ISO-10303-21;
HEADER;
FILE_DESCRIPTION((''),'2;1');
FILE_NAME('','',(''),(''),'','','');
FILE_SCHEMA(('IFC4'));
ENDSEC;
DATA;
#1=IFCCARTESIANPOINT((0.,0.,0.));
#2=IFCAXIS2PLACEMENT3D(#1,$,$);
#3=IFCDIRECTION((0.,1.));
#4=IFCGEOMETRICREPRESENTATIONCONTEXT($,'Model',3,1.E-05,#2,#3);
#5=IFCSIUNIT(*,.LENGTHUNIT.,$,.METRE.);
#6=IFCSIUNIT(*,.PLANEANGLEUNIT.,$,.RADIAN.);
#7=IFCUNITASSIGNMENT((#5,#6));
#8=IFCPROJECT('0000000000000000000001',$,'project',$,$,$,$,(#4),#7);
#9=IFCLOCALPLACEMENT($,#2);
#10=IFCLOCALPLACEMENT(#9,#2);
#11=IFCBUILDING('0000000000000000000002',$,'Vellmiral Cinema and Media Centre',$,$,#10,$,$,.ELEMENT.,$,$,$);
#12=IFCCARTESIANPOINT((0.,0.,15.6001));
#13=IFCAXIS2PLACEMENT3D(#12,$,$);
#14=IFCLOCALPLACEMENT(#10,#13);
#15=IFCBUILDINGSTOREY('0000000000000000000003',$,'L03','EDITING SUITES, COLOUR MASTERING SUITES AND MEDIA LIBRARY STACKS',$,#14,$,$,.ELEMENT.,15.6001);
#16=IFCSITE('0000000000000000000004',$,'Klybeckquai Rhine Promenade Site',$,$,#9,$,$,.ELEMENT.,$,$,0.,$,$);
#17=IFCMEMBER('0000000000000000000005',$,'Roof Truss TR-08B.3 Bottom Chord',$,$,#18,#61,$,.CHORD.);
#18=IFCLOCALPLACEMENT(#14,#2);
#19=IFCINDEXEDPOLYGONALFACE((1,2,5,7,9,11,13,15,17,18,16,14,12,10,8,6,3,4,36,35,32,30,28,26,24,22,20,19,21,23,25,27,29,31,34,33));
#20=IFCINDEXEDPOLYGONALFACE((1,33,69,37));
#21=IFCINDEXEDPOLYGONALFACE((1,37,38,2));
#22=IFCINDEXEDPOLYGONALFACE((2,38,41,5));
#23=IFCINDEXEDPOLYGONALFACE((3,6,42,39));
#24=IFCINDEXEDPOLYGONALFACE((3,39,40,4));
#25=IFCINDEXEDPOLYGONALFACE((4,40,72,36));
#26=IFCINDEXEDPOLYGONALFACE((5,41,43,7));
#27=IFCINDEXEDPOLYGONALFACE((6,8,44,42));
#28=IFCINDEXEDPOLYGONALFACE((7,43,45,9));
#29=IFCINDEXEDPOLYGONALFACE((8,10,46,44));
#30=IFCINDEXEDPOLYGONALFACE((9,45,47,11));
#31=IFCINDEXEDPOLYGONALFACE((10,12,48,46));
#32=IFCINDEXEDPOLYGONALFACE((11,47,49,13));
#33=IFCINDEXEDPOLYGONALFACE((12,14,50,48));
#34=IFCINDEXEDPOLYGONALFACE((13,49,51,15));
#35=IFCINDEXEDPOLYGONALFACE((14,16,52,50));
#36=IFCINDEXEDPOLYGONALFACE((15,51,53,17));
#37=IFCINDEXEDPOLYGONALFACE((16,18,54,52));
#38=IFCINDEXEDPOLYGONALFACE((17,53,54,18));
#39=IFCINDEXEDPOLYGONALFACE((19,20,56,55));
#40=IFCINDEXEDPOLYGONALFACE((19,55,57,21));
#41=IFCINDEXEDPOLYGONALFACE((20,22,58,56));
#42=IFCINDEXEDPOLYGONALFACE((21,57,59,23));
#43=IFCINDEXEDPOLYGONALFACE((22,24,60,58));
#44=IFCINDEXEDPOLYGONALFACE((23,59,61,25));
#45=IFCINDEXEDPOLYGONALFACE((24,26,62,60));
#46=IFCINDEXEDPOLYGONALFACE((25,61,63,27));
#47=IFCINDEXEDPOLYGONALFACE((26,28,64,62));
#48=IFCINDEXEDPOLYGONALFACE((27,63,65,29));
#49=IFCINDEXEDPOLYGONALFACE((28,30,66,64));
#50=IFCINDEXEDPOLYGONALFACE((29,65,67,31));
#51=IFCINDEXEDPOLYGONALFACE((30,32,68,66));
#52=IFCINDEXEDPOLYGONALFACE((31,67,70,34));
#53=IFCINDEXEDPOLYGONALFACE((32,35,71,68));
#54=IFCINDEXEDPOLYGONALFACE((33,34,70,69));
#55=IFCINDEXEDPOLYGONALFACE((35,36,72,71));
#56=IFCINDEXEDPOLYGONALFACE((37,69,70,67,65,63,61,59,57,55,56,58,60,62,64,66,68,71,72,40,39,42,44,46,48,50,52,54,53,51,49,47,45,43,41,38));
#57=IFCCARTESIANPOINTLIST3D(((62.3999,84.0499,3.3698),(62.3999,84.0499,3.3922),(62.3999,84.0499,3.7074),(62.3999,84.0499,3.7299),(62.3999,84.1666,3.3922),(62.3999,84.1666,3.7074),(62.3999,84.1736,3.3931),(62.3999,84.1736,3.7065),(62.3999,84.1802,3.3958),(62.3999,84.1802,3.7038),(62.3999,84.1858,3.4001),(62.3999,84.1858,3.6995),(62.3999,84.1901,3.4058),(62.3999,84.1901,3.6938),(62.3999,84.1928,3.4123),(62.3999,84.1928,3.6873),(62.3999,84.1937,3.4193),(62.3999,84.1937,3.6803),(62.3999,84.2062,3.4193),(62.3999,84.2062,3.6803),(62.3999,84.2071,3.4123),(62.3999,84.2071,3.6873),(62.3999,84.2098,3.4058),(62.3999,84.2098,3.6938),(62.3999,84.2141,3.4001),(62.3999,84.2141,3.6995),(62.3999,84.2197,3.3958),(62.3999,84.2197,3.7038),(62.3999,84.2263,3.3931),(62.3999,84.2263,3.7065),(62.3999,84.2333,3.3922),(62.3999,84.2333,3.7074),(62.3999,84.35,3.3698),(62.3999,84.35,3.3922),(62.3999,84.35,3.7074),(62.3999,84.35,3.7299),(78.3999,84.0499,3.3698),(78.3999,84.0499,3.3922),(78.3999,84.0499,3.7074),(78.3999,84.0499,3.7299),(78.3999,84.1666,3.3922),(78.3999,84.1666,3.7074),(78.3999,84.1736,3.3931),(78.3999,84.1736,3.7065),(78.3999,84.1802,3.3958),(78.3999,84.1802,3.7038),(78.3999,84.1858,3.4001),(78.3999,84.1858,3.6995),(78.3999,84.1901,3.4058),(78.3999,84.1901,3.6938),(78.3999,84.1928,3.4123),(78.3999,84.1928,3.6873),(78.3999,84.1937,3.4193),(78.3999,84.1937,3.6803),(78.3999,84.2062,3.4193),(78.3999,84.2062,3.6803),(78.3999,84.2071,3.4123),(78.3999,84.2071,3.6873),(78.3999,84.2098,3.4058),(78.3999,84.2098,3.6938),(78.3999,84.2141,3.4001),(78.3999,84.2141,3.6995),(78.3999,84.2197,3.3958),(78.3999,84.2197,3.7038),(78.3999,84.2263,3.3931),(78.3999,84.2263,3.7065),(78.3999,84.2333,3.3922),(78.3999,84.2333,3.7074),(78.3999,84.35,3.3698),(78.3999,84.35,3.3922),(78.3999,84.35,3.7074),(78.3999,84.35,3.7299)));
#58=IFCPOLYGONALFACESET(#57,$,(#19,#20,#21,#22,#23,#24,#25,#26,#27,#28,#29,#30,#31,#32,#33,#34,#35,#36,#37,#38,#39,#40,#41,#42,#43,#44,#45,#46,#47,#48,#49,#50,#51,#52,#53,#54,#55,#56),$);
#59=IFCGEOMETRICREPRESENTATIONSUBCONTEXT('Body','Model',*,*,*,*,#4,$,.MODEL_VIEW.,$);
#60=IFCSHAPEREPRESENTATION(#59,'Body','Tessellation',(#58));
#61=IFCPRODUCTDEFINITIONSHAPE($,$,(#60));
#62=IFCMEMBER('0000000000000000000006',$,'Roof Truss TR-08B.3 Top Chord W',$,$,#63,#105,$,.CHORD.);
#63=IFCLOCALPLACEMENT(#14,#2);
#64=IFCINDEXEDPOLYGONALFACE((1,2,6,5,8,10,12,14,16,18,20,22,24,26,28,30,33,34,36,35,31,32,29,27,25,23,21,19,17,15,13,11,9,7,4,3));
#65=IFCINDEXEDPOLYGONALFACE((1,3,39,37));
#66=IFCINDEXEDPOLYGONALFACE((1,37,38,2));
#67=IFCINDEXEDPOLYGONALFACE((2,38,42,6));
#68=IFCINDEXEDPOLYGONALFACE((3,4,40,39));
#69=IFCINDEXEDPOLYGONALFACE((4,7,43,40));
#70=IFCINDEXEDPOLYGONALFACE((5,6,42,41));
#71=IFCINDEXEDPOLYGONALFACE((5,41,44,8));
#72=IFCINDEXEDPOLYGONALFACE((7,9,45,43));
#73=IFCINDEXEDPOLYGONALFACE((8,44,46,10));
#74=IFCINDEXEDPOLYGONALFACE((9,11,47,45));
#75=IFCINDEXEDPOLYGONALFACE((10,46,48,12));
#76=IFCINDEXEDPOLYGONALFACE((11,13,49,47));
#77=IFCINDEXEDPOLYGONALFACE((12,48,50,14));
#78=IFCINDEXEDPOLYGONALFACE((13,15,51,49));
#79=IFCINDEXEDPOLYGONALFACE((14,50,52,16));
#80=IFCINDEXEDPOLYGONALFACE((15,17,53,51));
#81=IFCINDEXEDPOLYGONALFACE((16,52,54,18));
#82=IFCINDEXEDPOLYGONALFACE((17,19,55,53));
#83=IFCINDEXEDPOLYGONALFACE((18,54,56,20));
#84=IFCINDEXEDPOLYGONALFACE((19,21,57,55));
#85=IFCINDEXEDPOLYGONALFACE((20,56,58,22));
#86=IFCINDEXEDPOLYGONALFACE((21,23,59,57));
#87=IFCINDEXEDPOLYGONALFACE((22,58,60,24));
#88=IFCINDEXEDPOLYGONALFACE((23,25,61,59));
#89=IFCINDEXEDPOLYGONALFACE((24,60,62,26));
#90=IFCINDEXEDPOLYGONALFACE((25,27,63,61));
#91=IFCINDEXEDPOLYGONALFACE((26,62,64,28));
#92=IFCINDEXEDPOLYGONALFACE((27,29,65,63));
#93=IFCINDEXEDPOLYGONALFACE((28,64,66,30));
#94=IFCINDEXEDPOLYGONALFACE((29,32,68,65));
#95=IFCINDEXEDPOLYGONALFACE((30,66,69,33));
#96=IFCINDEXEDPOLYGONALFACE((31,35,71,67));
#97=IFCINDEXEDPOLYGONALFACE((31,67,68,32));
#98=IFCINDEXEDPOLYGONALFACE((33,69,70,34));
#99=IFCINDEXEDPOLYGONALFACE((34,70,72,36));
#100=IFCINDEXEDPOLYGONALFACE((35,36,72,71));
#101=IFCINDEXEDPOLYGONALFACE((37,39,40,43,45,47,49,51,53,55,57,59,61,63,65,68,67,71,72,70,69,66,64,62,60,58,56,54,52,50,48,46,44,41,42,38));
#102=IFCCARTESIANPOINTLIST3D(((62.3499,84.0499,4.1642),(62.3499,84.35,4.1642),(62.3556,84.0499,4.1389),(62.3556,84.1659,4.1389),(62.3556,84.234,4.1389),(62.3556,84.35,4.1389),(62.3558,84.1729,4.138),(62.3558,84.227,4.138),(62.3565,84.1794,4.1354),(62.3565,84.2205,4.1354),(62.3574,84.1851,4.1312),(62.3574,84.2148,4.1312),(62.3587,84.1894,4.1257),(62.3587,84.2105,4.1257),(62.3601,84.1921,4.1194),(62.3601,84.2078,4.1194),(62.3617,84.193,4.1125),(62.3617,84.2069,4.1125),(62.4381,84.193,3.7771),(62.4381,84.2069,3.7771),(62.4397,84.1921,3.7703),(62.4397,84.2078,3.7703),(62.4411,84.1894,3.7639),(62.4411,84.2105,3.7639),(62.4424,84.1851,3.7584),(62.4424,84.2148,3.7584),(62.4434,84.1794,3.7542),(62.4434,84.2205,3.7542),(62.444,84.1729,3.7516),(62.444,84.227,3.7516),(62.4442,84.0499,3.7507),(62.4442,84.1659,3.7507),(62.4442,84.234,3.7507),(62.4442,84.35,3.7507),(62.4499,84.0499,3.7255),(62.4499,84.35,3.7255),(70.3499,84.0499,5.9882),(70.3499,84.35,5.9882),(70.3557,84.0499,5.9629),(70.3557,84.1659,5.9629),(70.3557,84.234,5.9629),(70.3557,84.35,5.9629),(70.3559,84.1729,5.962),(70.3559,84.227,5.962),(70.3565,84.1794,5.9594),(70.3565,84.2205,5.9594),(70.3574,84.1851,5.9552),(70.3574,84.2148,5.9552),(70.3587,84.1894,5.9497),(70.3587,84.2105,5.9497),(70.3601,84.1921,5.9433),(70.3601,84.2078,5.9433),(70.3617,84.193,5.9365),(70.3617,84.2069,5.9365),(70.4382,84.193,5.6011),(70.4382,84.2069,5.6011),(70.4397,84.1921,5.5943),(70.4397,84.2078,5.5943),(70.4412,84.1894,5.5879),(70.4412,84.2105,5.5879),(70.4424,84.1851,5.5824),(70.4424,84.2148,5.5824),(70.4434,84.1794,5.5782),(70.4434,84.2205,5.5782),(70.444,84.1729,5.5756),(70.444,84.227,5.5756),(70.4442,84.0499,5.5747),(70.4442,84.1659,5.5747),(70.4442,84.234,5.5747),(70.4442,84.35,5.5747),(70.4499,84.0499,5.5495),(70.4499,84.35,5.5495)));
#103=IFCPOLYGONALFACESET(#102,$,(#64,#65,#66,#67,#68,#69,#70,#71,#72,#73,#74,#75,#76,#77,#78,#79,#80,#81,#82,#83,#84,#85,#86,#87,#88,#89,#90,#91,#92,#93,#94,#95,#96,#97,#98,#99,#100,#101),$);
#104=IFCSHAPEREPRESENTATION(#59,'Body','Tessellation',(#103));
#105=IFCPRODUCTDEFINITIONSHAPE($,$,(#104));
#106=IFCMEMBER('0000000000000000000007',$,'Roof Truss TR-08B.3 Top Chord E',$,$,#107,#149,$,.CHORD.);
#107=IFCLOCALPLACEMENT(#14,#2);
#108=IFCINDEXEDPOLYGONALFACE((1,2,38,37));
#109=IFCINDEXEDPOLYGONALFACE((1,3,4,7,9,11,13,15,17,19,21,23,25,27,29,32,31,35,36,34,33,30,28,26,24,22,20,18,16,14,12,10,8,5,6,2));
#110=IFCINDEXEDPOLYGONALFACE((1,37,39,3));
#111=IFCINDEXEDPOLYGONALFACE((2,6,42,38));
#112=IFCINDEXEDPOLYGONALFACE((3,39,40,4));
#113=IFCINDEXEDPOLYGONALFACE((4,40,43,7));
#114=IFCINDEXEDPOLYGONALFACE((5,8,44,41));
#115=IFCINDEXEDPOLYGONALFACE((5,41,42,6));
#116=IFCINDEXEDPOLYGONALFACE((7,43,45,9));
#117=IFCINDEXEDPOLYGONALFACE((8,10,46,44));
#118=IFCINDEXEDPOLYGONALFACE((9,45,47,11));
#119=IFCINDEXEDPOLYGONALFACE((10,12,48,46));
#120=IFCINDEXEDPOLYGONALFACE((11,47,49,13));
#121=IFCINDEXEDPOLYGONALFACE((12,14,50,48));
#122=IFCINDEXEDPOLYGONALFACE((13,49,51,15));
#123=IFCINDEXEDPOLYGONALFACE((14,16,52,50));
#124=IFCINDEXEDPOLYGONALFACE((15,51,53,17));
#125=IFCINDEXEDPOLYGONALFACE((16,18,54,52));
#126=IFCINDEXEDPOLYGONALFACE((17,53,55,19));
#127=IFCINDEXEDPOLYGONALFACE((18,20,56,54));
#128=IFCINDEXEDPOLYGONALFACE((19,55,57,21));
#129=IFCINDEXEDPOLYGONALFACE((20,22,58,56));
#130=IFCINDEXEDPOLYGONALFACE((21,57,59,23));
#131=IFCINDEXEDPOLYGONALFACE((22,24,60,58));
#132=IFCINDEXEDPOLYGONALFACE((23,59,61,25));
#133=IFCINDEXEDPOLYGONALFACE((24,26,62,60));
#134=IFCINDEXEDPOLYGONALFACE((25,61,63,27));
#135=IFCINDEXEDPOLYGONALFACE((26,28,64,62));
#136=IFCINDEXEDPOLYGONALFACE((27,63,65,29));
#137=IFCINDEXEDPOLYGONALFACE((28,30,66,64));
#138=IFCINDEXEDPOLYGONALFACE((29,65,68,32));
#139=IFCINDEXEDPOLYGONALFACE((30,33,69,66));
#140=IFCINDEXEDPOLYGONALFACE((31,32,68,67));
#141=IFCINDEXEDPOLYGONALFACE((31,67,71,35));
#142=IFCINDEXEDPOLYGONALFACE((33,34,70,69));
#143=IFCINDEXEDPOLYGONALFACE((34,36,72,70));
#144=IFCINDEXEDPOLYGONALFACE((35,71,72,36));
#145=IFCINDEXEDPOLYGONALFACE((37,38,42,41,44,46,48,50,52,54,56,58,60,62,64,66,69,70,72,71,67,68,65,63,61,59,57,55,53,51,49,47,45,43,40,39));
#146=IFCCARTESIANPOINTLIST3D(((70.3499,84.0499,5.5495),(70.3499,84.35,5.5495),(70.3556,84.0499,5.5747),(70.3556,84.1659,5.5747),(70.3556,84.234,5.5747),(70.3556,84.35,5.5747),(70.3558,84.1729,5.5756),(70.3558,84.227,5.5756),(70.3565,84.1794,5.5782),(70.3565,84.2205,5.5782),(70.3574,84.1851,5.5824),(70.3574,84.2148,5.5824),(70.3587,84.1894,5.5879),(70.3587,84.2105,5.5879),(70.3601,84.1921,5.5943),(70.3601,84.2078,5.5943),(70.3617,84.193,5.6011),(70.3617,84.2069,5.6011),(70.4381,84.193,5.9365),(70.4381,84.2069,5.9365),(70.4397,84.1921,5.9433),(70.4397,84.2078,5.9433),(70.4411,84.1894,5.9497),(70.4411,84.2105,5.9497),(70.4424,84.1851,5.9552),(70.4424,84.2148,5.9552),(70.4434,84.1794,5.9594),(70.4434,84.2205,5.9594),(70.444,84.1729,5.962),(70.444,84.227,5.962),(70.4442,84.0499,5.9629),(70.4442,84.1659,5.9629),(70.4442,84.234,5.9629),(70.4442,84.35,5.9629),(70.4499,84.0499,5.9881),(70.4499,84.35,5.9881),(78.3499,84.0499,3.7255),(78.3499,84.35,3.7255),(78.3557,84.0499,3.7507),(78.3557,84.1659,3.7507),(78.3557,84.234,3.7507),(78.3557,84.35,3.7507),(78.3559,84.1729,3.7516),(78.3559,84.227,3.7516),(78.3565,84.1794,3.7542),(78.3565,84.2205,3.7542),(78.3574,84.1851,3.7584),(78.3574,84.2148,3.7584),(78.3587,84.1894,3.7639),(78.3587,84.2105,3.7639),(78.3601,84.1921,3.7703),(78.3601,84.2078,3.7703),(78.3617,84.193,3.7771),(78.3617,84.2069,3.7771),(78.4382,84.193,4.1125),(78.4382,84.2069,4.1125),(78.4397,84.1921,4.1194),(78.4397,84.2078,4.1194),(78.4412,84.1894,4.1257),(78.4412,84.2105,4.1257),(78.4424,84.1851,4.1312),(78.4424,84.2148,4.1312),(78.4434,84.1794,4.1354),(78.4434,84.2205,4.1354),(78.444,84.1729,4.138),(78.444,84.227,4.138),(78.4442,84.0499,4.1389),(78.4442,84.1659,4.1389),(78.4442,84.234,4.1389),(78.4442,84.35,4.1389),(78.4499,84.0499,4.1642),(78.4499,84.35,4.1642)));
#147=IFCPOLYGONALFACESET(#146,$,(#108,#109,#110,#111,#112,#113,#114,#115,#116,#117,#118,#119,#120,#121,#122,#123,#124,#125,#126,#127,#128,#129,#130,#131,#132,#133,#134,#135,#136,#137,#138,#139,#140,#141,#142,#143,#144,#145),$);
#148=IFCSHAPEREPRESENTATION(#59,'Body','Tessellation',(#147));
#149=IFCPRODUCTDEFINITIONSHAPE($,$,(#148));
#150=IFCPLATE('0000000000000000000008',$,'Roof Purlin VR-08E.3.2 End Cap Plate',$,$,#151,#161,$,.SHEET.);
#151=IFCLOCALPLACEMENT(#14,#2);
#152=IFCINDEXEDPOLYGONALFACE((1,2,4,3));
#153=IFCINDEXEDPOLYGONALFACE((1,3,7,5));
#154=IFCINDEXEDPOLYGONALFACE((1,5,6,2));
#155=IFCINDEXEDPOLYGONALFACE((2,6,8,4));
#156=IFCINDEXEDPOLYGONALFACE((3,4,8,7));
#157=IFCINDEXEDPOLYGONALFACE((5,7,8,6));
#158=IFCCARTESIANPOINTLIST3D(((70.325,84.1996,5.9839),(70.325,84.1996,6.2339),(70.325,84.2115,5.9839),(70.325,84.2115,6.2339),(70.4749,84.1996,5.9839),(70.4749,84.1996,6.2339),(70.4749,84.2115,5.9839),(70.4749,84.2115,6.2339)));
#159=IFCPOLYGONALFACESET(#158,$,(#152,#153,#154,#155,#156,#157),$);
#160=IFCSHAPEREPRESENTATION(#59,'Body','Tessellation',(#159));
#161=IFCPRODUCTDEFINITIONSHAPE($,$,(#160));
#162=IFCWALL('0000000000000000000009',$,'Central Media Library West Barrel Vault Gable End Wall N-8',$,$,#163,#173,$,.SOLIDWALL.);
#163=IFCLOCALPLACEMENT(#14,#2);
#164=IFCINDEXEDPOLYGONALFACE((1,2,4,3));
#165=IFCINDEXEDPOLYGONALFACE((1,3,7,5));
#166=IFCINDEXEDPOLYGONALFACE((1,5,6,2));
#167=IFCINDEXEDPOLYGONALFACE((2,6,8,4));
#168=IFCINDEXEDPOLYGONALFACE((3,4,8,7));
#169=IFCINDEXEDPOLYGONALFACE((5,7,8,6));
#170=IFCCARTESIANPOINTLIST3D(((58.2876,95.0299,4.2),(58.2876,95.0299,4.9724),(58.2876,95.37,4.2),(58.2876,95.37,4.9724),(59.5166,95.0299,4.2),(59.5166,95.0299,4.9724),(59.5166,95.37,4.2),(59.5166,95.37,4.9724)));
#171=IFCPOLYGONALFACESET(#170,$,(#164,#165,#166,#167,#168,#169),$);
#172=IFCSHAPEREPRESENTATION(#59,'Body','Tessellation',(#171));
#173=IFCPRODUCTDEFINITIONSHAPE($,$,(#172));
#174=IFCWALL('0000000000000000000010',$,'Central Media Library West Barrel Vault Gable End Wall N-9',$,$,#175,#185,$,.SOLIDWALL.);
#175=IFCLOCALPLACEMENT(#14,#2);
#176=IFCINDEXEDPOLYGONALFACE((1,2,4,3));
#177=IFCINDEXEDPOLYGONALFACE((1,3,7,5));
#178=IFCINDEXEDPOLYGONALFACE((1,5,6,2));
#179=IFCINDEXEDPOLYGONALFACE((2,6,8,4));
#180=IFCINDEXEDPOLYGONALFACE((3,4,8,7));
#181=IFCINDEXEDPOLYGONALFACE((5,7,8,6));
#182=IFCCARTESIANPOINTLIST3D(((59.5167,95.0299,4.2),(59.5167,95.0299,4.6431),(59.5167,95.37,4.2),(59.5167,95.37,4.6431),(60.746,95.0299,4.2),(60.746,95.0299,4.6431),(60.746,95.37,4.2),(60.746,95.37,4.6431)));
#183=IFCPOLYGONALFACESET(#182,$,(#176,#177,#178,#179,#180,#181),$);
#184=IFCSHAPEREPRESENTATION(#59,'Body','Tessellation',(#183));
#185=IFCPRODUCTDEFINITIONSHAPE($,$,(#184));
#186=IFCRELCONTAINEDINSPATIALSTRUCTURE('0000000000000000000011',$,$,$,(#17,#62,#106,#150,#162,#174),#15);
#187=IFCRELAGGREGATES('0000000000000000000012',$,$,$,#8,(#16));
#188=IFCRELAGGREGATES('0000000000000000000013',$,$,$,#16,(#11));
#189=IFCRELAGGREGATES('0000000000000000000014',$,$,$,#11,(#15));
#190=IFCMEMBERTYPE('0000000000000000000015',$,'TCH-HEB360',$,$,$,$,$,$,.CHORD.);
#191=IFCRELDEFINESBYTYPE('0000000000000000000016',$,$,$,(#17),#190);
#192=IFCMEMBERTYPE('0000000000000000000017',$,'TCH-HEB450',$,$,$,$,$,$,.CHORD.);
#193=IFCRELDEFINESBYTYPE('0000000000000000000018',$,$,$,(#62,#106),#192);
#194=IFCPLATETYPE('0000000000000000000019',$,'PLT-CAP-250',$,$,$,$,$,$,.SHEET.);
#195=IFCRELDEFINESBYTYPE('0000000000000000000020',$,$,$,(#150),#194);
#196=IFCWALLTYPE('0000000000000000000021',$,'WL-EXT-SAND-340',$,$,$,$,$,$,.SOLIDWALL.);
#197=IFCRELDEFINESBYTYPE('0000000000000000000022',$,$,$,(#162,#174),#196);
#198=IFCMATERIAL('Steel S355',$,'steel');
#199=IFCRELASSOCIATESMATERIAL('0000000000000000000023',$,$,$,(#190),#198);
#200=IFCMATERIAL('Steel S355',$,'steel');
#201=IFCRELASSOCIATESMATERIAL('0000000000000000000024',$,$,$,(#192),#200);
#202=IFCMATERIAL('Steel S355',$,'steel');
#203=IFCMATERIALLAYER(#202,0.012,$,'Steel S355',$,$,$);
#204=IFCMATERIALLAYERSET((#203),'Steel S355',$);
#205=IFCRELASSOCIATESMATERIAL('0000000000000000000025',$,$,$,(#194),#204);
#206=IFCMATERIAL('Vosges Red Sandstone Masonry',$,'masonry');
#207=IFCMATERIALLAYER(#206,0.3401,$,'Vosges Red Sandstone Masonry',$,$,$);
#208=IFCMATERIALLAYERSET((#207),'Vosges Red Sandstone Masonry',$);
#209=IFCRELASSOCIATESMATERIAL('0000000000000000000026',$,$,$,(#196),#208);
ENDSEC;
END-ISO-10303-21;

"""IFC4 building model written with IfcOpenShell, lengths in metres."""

from ifc_helpers import new_model, si_unit, direction, frame, frame_2d, origin, origin_2d, place, context, subcontext, project, spatial, rectangle, i_section, extrude, material, layer, layer_set, material_profile, profile_set, type_object, element, save


model = new_model("IFC4")

# Units and contexts
model_context = context("Model", 3, precision=1e-05, world=origin(), true_north=direction((0.0, 1.0)))
body_context = subcontext(model_context, "Body", "Model", "MODEL_VIEW")
ifc_project = project(units=[si_unit("LENGTHUNIT", "METRE"), si_unit("PLANEANGLEUNIT", "RADIAN")], contexts=[model_context])

# Site, building, storey
site_placement = place(None, origin())
site = spatial("IfcSite", under=ifc_project, at=site_placement, Name="Klybeckquai Rhine Promenade Site", CompositionType="ELEMENT", RefElevation=0.0)
building_placement = place(site_placement, origin())
building = spatial("IfcBuilding", under=site, at=building_placement, Name="Vellmiral Cinema and Media Centre", CompositionType="ELEMENT")
storey_placement = place(building_placement, frame((0.0, 0.0, 15.6001)))
storey = spatial("IfcBuildingStorey", under=building, at=storey_placement, Name="L03", Description="EDITING SUITES, COLOUR MASTERING SUITES AND MEDIA LIBRARY STACKS", CompositionType="ELEMENT", Elevation=15.6001)

# Members
ifc_material_1 = material(Name="Steel S355", Category="steel")
ifc_material_profile_1 = material_profile(ifc_material_1, i_section(OverallWidth=0.3, OverallDepth=0.3601, WebThickness=0.0125, FlangeThickness=0.0225, FilletRadius=0.0271, at=origin_2d()), Name="HEB 360")
ifc_profile_set_1 = profile_set([ifc_material_profile_1], Name="Steel S355")
member_type_1 = type_object("IfcMemberType", Name="TCH-HEB360", PredefinedType="CHORD", material=ifc_profile_set_1)
member_1_placement = place(storey_placement, frame((62.3999, 84.2, 3.5498), z_axis=(1.0, 0.0, 0.0), x_axis=(0.0, 1.0, 0.0)))
element("IfcMember", 1, at=member_1_placement, inside=storey, type_object=member_type_1, Name="Roof Truss TR-08B.3 Bottom Chord", PredefinedType="CHORD", context=body_context, shape_type="SweptSolid", body=[
    extrude(i_section(OverallWidth=0.3, OverallDepth=0.3601, WebThickness=0.0125, FlangeThickness=0.0225, FilletRadius=0.0271, at=origin_2d()), origin(), (0.0, 0.0, 1.0), 16.0),
])
ifc_material_2 = material(Name="Steel S355", Category="steel")
ifc_material_profile_2 = material_profile(ifc_material_2, i_section(OverallWidth=0.3, OverallDepth=0.45, WebThickness=0.0139, FlangeThickness=0.0259, FilletRadius=0.0271, at=origin_2d()), Name="HEB 450")
ifc_profile_set_2 = profile_set([ifc_material_profile_2], Name="Steel S355")
member_type_2 = type_object("IfcMemberType", Name="TCH-HEB450", PredefinedType="CHORD", material=ifc_profile_set_2)
for number, where, z_axis, x_axis, name in (
    (2, (62.3999, 84.2, 3.9448), (0.97498, 0.0, 0.222292), (0.0, 1.0, 0.0), "Roof Truss TR-08B.3 Top Chord W"),
    (3, (70.3999, 84.2, 5.7688), (0.97498, 0.0, -0.222292), (0.0, 1.0, 0.0), "Roof Truss TR-08B.3 Top Chord E"),
):
    element("IfcMember", number, at=place(storey_placement, frame(where, z_axis=z_axis, x_axis=x_axis)), inside=storey, type_object=member_type_2, Name=name, PredefinedType="CHORD", context=body_context, shape_type="SweptSolid", body=[
        extrude(i_section(OverallWidth=0.3, OverallDepth=0.45, WebThickness=0.0139, FlangeThickness=0.0259, FilletRadius=0.0271, at=origin_2d()), origin(), (0.0, 0.0, 1.0), 8.2053),
    ])

# Plate
ifc_material_3 = material(Name="Steel S355", Category="steel")
ifc_layer_1 = layer(ifc_material_3, 0.012, Name="Steel S355")
ifc_layer_set_1 = layer_set([ifc_layer_1], Name="Steel S355")
plate_type = type_object("IfcPlateType", Name="PLT-CAP-250", PredefinedType="SHEET", material=ifc_layer_set_1)
plate_placement = place(storey_placement, frame((70.3999, 84.2056, 5.9839), z_axis=(0.0, 0.0, 1.0), x_axis=(1.0, 0.0, 0.0)))
element("IfcPlate", 4, at=plate_placement, inside=storey, type_object=plate_type, Name="Roof Purlin VR-08E.3.2 End Cap Plate", PredefinedType="SHEET", context=body_context, shape_type="SweptSolid", body=[
    extrude(rectangle(XDim=0.1499, YDim=0.012, at=origin_2d()), origin(), (0.0, 0.0, 1.0), 0.25),
])

# Walls
ifc_material_4 = material(Name="Vosges Red Sandstone Masonry", Category="masonry")
ifc_layer_2 = layer(ifc_material_4, 0.3401, Name="Vosges Red Sandstone Masonry")
ifc_layer_set_2 = layer_set([ifc_layer_2], Name="Vosges Red Sandstone Masonry")
wall_type_1 = type_object("IfcWallType", Name="WL-EXT-SAND-340", PredefinedType="SOLIDWALL", material=ifc_layer_set_2)
wall_1_placement = place(storey_placement, frame((58.2876, 95.2, 4.2), z_axis=(0.0, 0.0, 1.0), x_axis=(1.0, 0.0, 0.0)))
element("IfcWall", 5, at=wall_1_placement, inside=storey, type_object=wall_type_1, Name="Central Media Library West Barrel Vault Gable End Wall N-8", PredefinedType="SOLIDWALL", context=body_context, shape_type="SweptSolid", body=[
    extrude(rectangle(XDim=1.229, YDim=0.3401, at=frame_2d((0.6145, 0.0))), origin(), (0.0, 0.0, 1.0), 0.7725),
])
wall_2_placement = place(storey_placement, frame((59.5166, 95.2, 4.2), z_axis=(0.0, 0.0, 1.0), x_axis=(1.0, 0.0, 0.0)))
element("IfcWall", 6, at=wall_2_placement, inside=storey, type_object=wall_type_1, Name="Central Media Library West Barrel Vault Gable End Wall N-9", PredefinedType="SOLIDWALL", context=body_context, shape_type="SweptSolid", body=[
    extrude(rectangle(XDim=1.2292, YDim=0.3401, at=frame_2d((0.6147, 0.0))), origin(), (0.0, 0.0, 1.0), 0.4431),
])

save(model, "model.ifc")
